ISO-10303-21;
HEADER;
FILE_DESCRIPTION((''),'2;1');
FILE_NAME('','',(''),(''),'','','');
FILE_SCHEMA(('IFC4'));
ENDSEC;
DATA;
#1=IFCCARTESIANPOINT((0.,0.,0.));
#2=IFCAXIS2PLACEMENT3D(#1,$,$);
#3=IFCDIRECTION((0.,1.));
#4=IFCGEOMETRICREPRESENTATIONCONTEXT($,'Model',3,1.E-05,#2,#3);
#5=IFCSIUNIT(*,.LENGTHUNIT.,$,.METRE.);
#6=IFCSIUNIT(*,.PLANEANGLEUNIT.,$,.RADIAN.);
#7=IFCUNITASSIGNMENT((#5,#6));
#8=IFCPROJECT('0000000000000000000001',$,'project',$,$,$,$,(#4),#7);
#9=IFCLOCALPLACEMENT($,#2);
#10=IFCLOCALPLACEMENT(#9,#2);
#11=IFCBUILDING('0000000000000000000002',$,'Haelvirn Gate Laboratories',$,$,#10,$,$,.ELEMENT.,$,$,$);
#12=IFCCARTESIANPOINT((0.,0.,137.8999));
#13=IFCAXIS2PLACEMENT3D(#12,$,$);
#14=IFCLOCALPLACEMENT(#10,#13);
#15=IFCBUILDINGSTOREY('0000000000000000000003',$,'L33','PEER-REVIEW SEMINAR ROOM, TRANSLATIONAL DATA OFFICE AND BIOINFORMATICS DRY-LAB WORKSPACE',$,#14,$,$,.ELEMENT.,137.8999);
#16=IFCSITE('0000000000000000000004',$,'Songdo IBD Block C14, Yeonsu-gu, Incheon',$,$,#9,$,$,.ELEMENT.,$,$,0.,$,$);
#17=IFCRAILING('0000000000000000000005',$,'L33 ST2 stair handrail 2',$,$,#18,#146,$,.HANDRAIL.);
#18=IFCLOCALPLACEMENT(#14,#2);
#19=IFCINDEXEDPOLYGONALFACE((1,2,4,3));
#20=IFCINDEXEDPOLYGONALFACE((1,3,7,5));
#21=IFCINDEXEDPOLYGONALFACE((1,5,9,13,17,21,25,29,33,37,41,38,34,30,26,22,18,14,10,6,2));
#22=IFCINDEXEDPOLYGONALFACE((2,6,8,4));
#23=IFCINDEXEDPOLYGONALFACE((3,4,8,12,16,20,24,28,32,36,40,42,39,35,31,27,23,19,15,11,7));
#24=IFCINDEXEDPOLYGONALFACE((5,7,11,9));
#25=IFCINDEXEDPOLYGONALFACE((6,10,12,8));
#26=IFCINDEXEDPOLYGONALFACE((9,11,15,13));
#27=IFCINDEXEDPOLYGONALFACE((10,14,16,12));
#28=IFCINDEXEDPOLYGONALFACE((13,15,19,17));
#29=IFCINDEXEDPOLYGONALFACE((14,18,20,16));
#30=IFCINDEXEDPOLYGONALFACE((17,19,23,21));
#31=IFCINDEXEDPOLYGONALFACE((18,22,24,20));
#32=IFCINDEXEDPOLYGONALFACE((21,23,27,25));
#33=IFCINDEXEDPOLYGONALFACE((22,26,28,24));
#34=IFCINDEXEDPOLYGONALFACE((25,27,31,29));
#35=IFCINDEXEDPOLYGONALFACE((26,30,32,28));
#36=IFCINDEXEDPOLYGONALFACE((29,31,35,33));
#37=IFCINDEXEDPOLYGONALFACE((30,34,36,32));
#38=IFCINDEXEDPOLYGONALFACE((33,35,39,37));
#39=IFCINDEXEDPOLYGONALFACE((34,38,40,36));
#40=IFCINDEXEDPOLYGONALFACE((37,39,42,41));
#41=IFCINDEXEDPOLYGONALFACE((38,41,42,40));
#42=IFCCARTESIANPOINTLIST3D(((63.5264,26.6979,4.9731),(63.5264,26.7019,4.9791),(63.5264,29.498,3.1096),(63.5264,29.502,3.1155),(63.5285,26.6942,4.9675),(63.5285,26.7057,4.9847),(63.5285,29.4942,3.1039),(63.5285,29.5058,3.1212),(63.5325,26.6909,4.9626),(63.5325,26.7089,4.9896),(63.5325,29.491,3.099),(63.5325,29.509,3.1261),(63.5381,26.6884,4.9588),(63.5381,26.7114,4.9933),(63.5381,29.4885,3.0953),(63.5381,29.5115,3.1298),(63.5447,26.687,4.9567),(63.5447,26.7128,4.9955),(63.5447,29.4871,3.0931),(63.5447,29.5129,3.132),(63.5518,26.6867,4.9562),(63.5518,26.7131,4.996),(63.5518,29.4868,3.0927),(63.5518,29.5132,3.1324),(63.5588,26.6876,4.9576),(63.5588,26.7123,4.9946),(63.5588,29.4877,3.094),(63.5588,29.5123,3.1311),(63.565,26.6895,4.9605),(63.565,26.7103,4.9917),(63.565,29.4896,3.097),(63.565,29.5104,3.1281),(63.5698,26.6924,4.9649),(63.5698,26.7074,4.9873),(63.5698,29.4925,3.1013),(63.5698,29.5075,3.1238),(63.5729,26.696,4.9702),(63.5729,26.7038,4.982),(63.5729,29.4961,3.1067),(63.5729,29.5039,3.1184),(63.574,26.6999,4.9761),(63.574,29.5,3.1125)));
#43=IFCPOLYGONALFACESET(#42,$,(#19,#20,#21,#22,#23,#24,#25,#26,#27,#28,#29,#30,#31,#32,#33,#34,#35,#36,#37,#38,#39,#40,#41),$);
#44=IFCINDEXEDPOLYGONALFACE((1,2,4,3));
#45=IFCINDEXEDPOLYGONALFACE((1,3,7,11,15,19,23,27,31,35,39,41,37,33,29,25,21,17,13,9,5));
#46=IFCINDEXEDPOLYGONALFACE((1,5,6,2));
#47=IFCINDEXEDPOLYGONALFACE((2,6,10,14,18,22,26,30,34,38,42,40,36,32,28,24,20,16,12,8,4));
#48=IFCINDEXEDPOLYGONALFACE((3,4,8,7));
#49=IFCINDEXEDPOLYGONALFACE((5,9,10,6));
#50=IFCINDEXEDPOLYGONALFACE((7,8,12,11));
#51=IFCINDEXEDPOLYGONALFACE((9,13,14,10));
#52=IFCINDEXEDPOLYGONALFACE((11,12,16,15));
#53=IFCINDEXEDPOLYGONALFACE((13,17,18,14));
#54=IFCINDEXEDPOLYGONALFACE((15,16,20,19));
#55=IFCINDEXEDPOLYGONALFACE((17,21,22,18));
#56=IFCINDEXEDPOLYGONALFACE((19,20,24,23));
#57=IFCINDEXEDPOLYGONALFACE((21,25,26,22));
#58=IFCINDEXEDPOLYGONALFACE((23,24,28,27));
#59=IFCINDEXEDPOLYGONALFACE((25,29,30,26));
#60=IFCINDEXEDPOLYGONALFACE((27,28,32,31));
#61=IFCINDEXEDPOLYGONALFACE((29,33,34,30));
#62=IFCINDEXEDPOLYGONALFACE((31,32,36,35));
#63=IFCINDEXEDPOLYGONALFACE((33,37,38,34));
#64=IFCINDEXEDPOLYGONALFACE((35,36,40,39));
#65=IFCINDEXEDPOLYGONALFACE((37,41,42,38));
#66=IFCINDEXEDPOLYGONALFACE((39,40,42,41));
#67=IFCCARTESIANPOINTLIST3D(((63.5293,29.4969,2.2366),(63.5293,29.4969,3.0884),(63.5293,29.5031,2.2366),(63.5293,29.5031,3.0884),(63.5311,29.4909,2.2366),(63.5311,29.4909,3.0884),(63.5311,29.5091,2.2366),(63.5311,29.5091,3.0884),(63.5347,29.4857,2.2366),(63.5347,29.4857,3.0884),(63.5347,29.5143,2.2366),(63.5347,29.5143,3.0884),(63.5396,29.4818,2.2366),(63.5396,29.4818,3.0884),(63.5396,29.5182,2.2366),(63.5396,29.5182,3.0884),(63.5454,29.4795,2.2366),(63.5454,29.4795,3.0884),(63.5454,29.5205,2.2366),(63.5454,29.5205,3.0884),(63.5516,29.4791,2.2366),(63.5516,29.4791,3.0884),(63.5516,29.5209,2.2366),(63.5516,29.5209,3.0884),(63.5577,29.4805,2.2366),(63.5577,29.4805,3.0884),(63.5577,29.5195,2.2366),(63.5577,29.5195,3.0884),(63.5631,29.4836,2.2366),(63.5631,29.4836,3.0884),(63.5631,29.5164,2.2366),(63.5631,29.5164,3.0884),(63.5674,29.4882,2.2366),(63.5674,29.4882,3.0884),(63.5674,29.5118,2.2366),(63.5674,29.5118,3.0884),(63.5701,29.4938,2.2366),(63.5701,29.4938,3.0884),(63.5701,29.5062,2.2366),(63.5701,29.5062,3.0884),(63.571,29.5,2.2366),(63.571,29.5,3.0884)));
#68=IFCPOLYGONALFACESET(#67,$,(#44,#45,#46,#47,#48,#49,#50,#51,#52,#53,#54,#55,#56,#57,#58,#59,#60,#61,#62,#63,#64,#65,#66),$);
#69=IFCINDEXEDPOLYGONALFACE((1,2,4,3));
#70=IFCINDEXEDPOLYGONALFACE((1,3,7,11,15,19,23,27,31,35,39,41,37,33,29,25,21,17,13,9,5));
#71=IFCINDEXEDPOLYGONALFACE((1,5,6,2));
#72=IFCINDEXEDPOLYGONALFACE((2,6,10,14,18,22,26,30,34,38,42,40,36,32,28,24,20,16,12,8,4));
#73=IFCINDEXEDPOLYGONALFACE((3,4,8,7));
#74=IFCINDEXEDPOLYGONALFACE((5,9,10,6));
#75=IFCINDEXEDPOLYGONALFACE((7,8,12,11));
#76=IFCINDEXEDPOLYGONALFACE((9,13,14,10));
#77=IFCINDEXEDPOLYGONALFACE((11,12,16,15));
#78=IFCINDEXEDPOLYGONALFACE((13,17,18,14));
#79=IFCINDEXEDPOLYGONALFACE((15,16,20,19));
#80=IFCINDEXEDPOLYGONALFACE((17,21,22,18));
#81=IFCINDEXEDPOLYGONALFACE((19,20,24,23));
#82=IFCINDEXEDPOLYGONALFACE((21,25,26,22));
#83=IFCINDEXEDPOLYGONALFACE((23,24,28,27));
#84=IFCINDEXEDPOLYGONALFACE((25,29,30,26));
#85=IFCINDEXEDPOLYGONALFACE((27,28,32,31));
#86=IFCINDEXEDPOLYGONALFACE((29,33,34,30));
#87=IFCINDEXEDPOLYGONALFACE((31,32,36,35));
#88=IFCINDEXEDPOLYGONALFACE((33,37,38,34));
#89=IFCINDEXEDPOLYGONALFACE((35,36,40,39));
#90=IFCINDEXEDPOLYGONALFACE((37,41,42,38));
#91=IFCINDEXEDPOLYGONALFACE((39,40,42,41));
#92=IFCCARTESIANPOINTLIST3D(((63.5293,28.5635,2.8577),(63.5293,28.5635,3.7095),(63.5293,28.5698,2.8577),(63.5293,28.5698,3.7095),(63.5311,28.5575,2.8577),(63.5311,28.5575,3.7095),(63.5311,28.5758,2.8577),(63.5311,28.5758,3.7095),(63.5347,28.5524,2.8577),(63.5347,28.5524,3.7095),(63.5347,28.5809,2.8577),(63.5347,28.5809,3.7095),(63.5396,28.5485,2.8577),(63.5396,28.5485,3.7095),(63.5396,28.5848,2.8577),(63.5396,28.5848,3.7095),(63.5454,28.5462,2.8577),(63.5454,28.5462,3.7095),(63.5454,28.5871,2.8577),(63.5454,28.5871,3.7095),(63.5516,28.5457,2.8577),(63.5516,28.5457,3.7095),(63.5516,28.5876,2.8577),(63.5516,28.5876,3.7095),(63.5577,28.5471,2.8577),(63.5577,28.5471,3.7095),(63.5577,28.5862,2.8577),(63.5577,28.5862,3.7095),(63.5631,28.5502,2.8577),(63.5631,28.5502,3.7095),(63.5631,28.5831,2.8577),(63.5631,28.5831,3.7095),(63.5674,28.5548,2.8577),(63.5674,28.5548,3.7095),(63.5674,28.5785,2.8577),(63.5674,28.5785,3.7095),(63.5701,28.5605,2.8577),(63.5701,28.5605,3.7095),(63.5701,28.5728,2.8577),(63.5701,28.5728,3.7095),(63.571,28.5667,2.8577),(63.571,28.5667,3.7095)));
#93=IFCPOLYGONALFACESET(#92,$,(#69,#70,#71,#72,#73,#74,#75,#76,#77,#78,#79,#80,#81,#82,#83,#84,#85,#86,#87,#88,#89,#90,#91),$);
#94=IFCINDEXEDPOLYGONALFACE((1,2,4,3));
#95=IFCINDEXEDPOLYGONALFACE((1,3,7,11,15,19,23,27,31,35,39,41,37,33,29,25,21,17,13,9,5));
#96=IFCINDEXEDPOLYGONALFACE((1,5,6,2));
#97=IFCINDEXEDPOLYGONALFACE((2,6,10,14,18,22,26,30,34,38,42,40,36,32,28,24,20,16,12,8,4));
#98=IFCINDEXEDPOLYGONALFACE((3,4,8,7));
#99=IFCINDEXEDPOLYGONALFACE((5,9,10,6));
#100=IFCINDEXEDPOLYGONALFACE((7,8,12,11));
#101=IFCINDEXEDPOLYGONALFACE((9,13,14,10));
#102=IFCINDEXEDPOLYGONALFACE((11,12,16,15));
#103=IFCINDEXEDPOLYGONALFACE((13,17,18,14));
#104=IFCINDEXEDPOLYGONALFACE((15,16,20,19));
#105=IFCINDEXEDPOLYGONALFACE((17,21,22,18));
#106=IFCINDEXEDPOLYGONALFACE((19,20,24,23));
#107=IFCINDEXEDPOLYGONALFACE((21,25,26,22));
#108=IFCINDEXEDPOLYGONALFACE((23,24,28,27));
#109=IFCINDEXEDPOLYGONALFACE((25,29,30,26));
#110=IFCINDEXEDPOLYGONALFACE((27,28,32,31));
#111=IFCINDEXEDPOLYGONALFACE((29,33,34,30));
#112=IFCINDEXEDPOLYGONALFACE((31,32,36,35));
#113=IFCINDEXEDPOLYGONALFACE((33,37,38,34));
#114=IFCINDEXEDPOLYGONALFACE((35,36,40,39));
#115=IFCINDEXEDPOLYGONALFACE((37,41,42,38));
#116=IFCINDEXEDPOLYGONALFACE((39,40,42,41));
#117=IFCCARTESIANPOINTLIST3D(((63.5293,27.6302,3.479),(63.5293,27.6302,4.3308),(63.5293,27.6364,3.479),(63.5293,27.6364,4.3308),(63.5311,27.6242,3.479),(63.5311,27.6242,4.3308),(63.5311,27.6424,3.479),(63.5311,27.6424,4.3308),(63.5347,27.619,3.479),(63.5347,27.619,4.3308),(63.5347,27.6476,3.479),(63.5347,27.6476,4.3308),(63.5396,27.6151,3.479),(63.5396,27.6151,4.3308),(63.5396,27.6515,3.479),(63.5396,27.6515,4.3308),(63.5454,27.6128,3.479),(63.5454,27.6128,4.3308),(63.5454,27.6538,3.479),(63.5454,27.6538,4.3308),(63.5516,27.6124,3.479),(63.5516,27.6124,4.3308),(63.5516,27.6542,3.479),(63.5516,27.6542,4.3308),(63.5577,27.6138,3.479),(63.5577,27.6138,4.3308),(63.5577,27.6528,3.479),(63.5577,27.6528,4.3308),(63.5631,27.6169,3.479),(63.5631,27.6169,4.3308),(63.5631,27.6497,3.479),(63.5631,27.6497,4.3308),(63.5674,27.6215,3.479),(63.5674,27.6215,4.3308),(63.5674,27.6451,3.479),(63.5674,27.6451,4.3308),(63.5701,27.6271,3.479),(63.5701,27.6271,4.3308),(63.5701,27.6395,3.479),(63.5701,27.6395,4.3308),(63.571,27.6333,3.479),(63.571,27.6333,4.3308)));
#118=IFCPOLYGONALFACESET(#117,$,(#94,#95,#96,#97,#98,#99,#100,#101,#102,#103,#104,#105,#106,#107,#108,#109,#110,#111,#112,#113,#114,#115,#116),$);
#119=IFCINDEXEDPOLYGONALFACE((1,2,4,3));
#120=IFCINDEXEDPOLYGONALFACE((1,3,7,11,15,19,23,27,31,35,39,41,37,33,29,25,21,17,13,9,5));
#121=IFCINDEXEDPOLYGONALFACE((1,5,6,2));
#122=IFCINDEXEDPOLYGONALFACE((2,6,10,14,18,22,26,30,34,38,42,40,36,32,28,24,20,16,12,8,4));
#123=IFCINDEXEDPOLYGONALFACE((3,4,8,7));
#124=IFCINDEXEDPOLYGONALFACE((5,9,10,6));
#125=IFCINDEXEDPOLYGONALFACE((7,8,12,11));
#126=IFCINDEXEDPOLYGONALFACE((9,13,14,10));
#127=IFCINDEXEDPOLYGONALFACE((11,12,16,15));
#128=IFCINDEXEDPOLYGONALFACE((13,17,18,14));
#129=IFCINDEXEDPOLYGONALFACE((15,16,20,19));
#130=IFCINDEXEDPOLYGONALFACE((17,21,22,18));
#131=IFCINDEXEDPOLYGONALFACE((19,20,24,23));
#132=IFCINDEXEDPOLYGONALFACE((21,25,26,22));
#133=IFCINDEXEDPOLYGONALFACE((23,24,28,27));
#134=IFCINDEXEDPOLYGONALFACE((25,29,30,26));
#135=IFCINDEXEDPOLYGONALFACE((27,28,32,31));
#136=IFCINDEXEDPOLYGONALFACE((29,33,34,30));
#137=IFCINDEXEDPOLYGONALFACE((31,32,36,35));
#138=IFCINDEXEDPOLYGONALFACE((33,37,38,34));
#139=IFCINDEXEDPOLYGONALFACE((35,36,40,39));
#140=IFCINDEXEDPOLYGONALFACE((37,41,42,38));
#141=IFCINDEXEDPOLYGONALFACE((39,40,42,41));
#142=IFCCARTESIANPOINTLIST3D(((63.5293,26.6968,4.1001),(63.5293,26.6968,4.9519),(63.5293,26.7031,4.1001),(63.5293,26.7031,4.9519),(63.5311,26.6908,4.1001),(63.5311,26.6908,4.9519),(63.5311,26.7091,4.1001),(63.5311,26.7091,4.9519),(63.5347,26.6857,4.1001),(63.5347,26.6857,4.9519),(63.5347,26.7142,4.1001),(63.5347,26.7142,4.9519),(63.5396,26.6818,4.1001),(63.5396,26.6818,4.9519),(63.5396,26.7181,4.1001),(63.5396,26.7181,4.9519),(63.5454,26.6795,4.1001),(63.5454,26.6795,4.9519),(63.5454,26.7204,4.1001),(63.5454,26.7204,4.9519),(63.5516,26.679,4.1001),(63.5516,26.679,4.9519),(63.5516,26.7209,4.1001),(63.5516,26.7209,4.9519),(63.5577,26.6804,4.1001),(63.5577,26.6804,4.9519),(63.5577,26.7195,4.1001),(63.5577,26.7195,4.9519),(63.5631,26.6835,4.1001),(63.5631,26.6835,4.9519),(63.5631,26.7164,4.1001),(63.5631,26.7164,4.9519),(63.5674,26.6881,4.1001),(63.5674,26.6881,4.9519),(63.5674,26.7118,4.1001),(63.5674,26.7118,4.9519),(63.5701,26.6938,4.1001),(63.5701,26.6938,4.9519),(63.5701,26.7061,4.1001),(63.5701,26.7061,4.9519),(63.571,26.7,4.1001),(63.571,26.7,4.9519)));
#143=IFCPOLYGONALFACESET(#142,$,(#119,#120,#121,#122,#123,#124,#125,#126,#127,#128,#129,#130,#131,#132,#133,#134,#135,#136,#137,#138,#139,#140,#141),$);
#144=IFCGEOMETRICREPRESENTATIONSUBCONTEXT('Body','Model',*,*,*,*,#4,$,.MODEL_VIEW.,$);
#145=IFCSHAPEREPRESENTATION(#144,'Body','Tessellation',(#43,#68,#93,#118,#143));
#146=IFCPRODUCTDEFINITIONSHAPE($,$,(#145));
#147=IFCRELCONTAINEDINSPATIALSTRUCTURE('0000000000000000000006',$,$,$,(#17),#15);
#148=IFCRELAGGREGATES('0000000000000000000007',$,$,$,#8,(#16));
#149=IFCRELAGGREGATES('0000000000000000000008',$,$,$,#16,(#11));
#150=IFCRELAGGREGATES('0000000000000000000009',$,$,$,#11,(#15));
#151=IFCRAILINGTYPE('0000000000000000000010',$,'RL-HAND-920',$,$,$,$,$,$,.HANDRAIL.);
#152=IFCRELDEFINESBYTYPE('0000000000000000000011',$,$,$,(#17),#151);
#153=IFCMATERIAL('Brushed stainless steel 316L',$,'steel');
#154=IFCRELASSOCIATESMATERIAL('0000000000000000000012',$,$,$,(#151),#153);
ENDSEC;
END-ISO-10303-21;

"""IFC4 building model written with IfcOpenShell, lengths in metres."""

from ifc_helpers import new_model, si_unit, direction, frame, origin, origin_2d, place, context, subcontext, project, spatial, circle, extrude, source, transform, mapped, material, type_object, element, save


model = new_model("IFC4")

# Units and contexts
model_context = context("Model", 3, precision=1e-05, world=origin(), true_north=direction((0.0, 1.0)))
body_context = subcontext(model_context, "Body", "Model", "MODEL_VIEW")
ifc_project = project(units=[si_unit("LENGTHUNIT", "METRE"), si_unit("PLANEANGLEUNIT", "RADIAN")], contexts=[model_context])

# Site, building, storey
site_placement = place(None, origin())
site = spatial("IfcSite", under=ifc_project, at=site_placement, Name="Songdo IBD Block C14, Yeonsu-gu, Incheon", CompositionType="ELEMENT", RefElevation=0.0)
building_placement = place(site_placement, origin())
building = spatial("IfcBuilding", under=site, at=building_placement, Name="Haelvirn Gate Laboratories", CompositionType="ELEMENT")
storey_placement = place(building_placement, frame((0.0, 0.0, 137.8999)))
storey = spatial("IfcBuildingStorey", under=building, at=storey_placement, Name="L33", Description="PEER-REVIEW SEMINAR ROOM, TRANSLATIONAL DATA OFFICE AND BIOINFORMATICS DRY-LAB WORKSPACE", CompositionType="ELEMENT", Elevation=137.8999)

# Railing
ifc_material_1 = material(Name="Brushed stainless steel 316L", Category="steel")
railing_type_1 = type_object("IfcRailingType", Name="RL-HAND-920", PredefinedType="HANDRAIL", material=ifc_material_1)
shared_shape_1 = source(origin(), body_context, "Body", "SweptSolid", [
    extrude(circle(Radius=0.0239, at=origin_2d()), frame((0.0, 0.0, 0.876), z_axis=(0.0, -0.832486, 0.554047), x_axis=(1.0, 0.0, 0.0)), (0.0, 0.0, 1.0), 3.3635),
    extrude(circle(Radius=0.021, at=origin_2d()), origin(), (0.0, 0.0, 1.0), 0.8518),
    extrude(circle(Radius=0.021, at=origin_2d()), frame((0.0, -0.9333, 0.6211)), (0.0, 0.0, 1.0), 0.8518),
    extrude(circle(Radius=0.021, at=origin_2d()), frame((0.0, -1.8667, 1.2424)), (0.0, 0.0, 1.0), 0.8518),
    extrude(circle(Radius=0.021, at=origin_2d()), frame((0.0, -2.8, 1.8635)), (0.0, 0.0, 1.0), 0.8518),
])
railing_1_placement = place(storey_placement, frame((63.55, 29.5, 2.2366)))
element("IfcRailing", 1, at=railing_1_placement, inside=storey, type_object=railing_type_1, Name="L33 ST2 stair handrail 2", PredefinedType="HANDRAIL", context=body_context, shape_type="MappedRepresentation", body=[
    mapped(shared_shape_1, transform((0.0, 0.0, 0.0), scale=1.0)),
])

save(model, "model.ifc")
